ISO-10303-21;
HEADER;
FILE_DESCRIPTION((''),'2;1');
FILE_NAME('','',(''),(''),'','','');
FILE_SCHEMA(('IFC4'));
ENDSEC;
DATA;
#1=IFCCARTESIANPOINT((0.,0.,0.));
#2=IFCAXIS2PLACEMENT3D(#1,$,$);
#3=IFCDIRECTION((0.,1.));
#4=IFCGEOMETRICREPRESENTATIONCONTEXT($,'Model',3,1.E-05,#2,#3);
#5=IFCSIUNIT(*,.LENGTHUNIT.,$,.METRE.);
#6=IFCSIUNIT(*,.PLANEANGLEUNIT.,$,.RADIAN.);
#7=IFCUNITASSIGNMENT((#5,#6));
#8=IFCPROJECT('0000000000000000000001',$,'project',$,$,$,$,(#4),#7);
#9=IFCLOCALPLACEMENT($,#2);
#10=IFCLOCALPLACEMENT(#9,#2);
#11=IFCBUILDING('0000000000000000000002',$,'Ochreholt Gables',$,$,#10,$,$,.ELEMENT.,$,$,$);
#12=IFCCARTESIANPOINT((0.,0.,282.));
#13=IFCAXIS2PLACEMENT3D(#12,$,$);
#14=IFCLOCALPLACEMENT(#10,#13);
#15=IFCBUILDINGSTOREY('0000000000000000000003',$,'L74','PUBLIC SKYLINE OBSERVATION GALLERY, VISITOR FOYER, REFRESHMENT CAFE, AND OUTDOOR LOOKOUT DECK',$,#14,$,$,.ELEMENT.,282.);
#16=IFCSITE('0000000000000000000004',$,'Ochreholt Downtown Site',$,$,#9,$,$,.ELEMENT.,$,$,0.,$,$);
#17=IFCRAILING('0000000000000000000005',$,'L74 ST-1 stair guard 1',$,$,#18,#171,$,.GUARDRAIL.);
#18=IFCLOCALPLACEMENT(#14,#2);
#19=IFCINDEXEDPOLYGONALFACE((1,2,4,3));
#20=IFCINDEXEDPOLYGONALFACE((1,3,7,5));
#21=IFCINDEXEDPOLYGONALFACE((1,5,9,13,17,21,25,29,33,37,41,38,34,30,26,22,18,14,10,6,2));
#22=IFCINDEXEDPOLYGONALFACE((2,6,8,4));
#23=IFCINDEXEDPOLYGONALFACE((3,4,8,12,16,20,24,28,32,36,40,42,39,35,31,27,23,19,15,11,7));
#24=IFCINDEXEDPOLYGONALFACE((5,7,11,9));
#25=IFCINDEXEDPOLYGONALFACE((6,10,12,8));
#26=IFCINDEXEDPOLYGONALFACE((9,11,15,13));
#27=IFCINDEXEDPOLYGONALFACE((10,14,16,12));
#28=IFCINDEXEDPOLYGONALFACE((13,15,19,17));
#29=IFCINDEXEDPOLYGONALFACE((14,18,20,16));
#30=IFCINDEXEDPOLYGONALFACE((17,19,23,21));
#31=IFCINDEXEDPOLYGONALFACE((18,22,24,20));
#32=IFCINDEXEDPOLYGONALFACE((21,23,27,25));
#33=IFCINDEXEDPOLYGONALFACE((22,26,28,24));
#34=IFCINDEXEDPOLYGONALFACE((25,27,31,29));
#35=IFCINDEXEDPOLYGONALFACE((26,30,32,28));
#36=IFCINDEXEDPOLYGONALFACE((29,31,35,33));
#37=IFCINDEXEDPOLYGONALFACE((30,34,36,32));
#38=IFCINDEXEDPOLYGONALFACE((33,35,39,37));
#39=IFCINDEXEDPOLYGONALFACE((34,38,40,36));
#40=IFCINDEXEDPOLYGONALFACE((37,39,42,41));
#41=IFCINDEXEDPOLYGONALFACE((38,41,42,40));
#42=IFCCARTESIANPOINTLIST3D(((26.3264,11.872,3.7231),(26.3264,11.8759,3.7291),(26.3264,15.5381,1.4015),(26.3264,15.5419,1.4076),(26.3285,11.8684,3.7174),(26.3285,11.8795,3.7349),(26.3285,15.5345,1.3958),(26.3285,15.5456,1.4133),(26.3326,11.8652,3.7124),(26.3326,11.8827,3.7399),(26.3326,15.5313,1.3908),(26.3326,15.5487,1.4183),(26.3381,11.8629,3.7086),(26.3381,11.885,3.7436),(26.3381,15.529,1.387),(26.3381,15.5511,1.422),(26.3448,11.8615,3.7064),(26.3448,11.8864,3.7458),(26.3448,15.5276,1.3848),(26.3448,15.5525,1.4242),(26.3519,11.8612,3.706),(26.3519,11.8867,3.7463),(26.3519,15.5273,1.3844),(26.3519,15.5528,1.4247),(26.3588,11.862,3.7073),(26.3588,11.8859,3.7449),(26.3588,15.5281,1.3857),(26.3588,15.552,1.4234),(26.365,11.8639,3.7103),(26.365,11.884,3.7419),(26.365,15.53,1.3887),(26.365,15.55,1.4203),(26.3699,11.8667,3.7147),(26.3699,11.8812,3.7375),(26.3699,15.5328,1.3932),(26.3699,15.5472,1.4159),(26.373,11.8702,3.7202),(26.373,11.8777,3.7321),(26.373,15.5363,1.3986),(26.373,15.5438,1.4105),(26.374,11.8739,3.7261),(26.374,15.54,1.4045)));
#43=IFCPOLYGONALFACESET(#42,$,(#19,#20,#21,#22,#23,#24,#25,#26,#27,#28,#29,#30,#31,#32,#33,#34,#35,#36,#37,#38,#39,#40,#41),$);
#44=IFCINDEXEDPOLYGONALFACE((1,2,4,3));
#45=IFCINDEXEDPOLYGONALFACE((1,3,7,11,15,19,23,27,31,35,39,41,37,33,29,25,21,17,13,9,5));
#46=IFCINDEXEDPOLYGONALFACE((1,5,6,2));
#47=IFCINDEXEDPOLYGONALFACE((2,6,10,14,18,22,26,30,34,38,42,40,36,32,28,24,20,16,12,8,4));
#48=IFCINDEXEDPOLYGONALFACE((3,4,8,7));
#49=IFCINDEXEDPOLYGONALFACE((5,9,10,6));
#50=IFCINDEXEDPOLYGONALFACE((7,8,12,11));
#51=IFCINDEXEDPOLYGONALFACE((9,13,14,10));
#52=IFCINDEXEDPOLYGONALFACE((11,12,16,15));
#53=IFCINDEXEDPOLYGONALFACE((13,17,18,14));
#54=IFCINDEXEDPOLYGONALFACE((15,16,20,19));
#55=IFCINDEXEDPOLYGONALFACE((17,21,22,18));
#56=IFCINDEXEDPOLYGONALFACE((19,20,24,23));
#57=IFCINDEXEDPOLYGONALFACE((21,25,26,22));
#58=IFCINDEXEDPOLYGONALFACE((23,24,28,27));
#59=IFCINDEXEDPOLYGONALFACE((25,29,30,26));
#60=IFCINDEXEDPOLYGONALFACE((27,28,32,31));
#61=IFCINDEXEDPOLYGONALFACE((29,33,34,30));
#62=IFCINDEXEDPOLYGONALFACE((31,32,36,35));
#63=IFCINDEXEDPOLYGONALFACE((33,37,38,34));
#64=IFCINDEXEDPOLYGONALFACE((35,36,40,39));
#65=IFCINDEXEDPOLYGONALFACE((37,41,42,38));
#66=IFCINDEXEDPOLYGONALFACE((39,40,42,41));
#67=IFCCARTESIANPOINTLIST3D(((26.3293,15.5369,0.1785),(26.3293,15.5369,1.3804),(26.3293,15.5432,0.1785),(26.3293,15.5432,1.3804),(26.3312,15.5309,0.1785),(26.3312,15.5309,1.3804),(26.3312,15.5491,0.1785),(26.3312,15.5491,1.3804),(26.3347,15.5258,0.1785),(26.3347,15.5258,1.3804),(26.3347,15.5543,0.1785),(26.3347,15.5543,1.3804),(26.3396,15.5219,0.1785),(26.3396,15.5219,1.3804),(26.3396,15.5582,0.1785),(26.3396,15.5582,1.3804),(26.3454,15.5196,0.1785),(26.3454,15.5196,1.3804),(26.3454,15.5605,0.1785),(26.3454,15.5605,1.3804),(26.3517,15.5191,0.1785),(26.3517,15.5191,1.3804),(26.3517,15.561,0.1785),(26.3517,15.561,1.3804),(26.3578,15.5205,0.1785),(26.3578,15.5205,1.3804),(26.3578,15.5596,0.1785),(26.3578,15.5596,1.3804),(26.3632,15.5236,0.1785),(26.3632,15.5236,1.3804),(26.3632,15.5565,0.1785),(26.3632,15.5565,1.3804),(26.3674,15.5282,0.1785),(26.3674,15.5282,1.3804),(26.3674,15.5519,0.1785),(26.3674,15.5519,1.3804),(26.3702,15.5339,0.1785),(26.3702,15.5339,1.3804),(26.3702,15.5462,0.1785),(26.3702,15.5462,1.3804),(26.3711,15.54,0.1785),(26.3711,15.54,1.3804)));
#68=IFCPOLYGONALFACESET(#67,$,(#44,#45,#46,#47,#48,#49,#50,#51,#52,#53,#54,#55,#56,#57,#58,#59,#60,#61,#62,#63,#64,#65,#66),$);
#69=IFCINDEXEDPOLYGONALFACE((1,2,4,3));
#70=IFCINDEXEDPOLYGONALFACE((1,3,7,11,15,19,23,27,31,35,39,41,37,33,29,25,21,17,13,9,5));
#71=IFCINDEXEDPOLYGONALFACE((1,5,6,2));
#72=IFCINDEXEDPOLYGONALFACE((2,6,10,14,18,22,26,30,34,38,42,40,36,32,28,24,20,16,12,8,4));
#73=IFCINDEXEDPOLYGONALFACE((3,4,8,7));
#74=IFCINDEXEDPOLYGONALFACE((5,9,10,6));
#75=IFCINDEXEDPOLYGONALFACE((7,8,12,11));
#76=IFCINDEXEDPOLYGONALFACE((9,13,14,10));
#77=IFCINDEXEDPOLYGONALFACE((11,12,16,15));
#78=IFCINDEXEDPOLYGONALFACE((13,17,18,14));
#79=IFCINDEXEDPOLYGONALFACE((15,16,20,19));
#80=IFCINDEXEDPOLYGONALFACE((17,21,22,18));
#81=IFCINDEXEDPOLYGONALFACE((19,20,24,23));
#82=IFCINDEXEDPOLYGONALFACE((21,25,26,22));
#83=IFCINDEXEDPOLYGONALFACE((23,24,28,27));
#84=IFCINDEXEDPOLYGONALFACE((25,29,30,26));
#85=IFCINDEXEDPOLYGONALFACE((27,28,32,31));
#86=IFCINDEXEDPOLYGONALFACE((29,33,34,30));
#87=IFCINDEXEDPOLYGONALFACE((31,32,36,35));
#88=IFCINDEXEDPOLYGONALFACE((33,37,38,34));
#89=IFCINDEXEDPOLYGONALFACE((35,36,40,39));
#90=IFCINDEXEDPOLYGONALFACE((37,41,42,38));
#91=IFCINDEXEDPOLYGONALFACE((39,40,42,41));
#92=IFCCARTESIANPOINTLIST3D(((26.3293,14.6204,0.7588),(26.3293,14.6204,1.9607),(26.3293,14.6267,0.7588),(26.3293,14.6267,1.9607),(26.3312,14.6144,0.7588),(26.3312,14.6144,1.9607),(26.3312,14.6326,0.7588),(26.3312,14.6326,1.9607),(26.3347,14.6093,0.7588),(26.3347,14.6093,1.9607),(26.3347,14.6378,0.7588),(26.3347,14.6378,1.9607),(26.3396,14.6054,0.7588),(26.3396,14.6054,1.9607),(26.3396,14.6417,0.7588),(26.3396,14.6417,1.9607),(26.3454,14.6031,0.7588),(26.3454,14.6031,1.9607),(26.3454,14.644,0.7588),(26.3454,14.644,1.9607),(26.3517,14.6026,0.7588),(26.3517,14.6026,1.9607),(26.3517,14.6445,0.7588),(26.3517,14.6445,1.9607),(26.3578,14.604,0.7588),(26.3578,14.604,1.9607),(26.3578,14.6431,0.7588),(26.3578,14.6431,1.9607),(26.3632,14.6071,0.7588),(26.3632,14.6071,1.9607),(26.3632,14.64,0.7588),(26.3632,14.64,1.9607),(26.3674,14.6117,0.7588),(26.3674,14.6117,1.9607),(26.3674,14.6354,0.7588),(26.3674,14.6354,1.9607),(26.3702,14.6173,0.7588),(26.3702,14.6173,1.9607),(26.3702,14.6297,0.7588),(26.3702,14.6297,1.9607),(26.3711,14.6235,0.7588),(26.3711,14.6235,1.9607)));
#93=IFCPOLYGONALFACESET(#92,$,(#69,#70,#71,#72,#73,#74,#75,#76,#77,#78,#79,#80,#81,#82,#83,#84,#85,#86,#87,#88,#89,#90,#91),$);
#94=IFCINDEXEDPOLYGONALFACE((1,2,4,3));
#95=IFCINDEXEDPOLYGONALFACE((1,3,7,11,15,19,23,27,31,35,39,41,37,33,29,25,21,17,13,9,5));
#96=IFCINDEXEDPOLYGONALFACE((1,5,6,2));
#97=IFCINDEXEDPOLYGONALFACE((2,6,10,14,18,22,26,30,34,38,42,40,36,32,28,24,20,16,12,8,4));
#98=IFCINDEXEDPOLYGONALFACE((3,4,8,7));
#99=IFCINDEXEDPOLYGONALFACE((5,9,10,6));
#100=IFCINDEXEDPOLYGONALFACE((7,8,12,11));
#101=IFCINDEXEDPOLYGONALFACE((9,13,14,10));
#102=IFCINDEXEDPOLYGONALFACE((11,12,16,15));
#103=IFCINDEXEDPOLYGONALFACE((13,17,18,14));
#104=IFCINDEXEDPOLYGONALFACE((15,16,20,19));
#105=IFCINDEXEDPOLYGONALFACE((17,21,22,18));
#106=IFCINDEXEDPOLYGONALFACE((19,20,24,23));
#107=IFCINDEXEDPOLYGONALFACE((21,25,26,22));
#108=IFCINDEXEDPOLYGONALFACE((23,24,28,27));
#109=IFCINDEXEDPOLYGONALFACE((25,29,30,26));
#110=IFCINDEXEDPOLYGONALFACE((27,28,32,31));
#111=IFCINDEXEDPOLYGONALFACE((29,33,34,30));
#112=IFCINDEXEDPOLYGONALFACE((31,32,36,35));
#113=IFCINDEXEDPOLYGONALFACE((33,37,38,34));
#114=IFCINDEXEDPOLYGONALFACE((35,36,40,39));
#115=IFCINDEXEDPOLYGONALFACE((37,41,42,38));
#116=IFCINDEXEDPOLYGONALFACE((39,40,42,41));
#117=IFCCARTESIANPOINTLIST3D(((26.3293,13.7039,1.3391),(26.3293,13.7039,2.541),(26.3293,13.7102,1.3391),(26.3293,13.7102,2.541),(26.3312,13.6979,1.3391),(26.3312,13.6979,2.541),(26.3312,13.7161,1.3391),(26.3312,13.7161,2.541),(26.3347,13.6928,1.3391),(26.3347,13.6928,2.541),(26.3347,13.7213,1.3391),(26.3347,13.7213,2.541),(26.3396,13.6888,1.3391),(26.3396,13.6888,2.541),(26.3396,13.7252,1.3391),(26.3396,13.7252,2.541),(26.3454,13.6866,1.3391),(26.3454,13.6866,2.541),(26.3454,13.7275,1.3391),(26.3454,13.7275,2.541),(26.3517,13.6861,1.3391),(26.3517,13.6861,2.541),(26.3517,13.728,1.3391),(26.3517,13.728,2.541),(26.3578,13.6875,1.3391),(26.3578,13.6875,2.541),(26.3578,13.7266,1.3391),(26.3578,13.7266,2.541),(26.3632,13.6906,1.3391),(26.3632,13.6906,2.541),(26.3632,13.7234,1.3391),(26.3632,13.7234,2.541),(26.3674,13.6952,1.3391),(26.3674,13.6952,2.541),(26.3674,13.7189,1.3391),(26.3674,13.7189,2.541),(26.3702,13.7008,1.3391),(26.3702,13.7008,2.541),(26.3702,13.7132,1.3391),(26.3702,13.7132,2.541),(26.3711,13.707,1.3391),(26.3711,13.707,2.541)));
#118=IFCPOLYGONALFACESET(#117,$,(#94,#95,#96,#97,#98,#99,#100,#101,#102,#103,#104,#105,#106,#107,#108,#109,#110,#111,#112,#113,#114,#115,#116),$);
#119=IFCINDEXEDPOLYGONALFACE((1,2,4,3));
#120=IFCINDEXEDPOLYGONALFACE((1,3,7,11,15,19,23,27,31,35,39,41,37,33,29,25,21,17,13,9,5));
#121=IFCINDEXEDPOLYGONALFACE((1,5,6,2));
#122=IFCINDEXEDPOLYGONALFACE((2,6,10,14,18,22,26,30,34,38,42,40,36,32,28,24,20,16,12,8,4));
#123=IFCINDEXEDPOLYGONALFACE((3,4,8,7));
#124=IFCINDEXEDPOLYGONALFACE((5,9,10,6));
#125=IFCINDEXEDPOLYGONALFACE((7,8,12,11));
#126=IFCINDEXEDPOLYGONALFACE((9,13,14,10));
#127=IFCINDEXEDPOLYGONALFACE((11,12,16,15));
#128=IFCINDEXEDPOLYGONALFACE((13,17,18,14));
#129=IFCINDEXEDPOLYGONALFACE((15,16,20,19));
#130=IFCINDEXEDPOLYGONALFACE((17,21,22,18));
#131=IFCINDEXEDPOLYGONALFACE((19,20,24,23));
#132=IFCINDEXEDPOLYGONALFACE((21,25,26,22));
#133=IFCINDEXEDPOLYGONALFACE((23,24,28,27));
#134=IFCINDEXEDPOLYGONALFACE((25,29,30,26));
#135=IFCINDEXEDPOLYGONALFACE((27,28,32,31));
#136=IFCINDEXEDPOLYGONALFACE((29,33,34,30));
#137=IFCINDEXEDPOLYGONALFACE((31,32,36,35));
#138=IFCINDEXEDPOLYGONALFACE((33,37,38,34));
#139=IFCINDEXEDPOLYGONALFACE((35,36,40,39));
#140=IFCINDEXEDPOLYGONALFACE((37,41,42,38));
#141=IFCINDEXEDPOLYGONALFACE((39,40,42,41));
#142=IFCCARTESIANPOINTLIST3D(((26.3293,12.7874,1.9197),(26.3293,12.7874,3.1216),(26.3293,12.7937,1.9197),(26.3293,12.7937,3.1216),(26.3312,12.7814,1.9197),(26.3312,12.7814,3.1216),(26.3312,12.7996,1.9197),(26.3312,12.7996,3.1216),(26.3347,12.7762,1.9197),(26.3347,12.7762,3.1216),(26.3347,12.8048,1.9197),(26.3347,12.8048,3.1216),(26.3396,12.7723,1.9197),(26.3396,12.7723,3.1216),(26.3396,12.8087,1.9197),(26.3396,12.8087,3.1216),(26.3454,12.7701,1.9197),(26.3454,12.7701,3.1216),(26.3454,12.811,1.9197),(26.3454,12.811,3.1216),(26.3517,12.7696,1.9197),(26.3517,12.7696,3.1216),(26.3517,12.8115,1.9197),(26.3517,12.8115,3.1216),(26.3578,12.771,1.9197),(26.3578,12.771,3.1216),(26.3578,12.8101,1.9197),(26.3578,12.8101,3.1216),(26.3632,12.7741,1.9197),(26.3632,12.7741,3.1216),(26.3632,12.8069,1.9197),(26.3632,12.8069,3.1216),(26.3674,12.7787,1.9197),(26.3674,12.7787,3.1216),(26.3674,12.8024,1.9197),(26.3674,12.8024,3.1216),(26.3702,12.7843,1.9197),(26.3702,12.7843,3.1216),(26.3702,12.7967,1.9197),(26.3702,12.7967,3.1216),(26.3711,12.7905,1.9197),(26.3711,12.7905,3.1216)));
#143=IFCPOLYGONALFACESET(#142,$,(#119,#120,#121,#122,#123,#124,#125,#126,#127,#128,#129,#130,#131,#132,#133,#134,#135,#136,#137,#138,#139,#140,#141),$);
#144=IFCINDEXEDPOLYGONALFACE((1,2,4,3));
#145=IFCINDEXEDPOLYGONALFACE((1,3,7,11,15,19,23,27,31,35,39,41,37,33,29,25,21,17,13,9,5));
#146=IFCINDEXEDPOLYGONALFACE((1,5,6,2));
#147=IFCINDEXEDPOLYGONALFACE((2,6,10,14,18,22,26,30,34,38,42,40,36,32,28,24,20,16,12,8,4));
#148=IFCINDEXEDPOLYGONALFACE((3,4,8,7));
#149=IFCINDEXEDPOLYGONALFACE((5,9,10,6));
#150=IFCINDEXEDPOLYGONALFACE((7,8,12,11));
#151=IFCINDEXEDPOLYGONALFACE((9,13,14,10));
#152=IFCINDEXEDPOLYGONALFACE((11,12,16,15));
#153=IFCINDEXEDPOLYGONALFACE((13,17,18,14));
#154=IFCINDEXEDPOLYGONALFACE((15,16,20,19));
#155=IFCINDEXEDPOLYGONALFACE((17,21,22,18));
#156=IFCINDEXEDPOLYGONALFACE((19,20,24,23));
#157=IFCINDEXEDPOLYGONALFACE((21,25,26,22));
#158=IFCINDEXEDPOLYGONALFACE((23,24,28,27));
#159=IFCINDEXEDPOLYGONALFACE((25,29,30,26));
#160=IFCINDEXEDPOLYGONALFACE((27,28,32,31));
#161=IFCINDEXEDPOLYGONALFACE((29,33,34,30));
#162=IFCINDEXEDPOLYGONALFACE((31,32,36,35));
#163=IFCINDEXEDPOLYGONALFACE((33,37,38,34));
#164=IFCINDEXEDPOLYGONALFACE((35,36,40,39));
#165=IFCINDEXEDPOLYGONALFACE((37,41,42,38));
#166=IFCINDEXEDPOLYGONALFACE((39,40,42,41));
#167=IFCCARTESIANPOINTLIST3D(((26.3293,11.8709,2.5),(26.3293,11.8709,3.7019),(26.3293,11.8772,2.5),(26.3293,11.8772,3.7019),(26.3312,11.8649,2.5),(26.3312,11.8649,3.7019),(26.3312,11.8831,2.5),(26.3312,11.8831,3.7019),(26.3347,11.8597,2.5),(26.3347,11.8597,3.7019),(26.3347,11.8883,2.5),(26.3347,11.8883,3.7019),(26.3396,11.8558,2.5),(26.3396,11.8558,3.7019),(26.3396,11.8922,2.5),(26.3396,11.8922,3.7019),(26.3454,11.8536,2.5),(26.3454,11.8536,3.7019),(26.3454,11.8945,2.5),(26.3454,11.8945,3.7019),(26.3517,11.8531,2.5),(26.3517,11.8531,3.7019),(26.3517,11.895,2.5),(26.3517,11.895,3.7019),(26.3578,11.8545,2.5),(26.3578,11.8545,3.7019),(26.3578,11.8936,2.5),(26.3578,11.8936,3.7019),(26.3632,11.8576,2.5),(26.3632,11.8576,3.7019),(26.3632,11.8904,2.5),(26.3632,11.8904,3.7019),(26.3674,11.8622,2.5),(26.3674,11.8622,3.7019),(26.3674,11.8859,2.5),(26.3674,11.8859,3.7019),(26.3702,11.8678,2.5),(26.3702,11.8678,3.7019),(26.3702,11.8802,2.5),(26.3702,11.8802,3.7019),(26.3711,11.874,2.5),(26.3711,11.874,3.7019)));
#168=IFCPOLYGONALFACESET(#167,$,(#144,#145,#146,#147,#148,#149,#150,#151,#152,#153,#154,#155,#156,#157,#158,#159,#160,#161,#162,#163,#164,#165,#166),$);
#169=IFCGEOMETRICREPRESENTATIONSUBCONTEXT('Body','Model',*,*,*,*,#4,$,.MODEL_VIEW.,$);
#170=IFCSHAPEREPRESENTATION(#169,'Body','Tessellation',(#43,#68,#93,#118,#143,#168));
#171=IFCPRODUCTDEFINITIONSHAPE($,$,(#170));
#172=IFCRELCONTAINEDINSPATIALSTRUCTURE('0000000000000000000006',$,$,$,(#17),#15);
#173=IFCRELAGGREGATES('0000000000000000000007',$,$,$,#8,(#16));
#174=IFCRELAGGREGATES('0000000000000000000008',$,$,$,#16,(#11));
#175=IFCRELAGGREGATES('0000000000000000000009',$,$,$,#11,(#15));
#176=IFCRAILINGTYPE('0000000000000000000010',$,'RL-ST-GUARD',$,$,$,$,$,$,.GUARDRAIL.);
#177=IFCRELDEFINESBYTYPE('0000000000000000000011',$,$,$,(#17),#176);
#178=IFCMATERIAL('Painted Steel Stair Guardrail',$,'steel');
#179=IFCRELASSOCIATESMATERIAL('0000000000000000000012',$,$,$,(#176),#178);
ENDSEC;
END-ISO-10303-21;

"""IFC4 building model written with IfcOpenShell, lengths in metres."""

from ifc_helpers import new_model, si_unit, direction, frame, origin, origin_2d, place, context, subcontext, project, spatial, circle, extrude, material, type_object, element, save


model = new_model("IFC4")

# Units and contexts
model_context = context("Model", 3, precision=1e-05, world=origin(), true_north=direction((0.0, 1.0)))
body_context = subcontext(model_context, "Body", "Model", "MODEL_VIEW")
ifc_project = project(units=[si_unit("LENGTHUNIT", "METRE"), si_unit("PLANEANGLEUNIT", "RADIAN")], contexts=[model_context])

# Site, building, storey
site_placement = place(None, origin())
site = spatial("IfcSite", under=ifc_project, at=site_placement, Name="Ochreholt Downtown Site", CompositionType="ELEMENT", RefElevation=0.0)
building_placement = place(site_placement, origin())
building = spatial("IfcBuilding", under=site, at=building_placement, Name="Ochreholt Gables", CompositionType="ELEMENT")
storey_placement = place(building_placement, frame((0.0, 0.0, 282.0)))
storey = spatial("IfcBuildingStorey", under=building, at=storey_placement, Name="L74", Description="PUBLIC SKYLINE OBSERVATION GALLERY, VISITOR FOYER, REFRESHMENT CAFE, AND OUTDOOR LOOKOUT DECK", CompositionType="ELEMENT", Elevation=282.0)

# Railing
ifc_material_1 = material(Name="Painted Steel Stair Guardrail", Category="steel")
railing_type_1 = type_object("IfcRailingType", Name="RL-ST-GUARD", PredefinedType="GUARDRAIL", material=ifc_material_1)
railing_1_placement = place(storey_placement, frame((26.3501, 15.54, 0.1785)))
element("IfcRailing", 1, at=railing_1_placement, inside=storey, type_object=railing_type_1, Name="L74 ST-1 stair guard 1", PredefinedType="GUARDRAIL", context=body_context, shape_type="SweptSolid", body=[
    extrude(circle(Radius=0.0239, at=origin_2d()), frame((0.0, 0.0, 1.2261), z_axis=(0.0, -0.844848, 0.535007), x_axis=(1.0, 0.0, 0.0)), (0.0, 0.0, 1.0), 4.3394),
    extrude(circle(Radius=0.021, at=origin_2d()), origin(), (0.0, 0.0, 1.0), 1.2019),
    extrude(circle(Radius=0.021, at=origin_2d()), frame((0.0, -0.9165, 0.5803)), (0.0, 0.0, 1.0), 1.2019),
    extrude(circle(Radius=0.021, at=origin_2d()), frame((0.0, -1.833, 1.1606)), (0.0, 0.0, 1.0), 1.2019),
    extrude(circle(Radius=0.021, at=origin_2d()), frame((0.0, -2.7495, 1.7412)), (0.0, 0.0, 1.0), 1.2019),
    extrude(circle(Radius=0.021, at=origin_2d()), frame((0.0, -3.666, 2.3215)), (0.0, 0.0, 1.0), 1.2019),
])

save(model, "model.ifc")
